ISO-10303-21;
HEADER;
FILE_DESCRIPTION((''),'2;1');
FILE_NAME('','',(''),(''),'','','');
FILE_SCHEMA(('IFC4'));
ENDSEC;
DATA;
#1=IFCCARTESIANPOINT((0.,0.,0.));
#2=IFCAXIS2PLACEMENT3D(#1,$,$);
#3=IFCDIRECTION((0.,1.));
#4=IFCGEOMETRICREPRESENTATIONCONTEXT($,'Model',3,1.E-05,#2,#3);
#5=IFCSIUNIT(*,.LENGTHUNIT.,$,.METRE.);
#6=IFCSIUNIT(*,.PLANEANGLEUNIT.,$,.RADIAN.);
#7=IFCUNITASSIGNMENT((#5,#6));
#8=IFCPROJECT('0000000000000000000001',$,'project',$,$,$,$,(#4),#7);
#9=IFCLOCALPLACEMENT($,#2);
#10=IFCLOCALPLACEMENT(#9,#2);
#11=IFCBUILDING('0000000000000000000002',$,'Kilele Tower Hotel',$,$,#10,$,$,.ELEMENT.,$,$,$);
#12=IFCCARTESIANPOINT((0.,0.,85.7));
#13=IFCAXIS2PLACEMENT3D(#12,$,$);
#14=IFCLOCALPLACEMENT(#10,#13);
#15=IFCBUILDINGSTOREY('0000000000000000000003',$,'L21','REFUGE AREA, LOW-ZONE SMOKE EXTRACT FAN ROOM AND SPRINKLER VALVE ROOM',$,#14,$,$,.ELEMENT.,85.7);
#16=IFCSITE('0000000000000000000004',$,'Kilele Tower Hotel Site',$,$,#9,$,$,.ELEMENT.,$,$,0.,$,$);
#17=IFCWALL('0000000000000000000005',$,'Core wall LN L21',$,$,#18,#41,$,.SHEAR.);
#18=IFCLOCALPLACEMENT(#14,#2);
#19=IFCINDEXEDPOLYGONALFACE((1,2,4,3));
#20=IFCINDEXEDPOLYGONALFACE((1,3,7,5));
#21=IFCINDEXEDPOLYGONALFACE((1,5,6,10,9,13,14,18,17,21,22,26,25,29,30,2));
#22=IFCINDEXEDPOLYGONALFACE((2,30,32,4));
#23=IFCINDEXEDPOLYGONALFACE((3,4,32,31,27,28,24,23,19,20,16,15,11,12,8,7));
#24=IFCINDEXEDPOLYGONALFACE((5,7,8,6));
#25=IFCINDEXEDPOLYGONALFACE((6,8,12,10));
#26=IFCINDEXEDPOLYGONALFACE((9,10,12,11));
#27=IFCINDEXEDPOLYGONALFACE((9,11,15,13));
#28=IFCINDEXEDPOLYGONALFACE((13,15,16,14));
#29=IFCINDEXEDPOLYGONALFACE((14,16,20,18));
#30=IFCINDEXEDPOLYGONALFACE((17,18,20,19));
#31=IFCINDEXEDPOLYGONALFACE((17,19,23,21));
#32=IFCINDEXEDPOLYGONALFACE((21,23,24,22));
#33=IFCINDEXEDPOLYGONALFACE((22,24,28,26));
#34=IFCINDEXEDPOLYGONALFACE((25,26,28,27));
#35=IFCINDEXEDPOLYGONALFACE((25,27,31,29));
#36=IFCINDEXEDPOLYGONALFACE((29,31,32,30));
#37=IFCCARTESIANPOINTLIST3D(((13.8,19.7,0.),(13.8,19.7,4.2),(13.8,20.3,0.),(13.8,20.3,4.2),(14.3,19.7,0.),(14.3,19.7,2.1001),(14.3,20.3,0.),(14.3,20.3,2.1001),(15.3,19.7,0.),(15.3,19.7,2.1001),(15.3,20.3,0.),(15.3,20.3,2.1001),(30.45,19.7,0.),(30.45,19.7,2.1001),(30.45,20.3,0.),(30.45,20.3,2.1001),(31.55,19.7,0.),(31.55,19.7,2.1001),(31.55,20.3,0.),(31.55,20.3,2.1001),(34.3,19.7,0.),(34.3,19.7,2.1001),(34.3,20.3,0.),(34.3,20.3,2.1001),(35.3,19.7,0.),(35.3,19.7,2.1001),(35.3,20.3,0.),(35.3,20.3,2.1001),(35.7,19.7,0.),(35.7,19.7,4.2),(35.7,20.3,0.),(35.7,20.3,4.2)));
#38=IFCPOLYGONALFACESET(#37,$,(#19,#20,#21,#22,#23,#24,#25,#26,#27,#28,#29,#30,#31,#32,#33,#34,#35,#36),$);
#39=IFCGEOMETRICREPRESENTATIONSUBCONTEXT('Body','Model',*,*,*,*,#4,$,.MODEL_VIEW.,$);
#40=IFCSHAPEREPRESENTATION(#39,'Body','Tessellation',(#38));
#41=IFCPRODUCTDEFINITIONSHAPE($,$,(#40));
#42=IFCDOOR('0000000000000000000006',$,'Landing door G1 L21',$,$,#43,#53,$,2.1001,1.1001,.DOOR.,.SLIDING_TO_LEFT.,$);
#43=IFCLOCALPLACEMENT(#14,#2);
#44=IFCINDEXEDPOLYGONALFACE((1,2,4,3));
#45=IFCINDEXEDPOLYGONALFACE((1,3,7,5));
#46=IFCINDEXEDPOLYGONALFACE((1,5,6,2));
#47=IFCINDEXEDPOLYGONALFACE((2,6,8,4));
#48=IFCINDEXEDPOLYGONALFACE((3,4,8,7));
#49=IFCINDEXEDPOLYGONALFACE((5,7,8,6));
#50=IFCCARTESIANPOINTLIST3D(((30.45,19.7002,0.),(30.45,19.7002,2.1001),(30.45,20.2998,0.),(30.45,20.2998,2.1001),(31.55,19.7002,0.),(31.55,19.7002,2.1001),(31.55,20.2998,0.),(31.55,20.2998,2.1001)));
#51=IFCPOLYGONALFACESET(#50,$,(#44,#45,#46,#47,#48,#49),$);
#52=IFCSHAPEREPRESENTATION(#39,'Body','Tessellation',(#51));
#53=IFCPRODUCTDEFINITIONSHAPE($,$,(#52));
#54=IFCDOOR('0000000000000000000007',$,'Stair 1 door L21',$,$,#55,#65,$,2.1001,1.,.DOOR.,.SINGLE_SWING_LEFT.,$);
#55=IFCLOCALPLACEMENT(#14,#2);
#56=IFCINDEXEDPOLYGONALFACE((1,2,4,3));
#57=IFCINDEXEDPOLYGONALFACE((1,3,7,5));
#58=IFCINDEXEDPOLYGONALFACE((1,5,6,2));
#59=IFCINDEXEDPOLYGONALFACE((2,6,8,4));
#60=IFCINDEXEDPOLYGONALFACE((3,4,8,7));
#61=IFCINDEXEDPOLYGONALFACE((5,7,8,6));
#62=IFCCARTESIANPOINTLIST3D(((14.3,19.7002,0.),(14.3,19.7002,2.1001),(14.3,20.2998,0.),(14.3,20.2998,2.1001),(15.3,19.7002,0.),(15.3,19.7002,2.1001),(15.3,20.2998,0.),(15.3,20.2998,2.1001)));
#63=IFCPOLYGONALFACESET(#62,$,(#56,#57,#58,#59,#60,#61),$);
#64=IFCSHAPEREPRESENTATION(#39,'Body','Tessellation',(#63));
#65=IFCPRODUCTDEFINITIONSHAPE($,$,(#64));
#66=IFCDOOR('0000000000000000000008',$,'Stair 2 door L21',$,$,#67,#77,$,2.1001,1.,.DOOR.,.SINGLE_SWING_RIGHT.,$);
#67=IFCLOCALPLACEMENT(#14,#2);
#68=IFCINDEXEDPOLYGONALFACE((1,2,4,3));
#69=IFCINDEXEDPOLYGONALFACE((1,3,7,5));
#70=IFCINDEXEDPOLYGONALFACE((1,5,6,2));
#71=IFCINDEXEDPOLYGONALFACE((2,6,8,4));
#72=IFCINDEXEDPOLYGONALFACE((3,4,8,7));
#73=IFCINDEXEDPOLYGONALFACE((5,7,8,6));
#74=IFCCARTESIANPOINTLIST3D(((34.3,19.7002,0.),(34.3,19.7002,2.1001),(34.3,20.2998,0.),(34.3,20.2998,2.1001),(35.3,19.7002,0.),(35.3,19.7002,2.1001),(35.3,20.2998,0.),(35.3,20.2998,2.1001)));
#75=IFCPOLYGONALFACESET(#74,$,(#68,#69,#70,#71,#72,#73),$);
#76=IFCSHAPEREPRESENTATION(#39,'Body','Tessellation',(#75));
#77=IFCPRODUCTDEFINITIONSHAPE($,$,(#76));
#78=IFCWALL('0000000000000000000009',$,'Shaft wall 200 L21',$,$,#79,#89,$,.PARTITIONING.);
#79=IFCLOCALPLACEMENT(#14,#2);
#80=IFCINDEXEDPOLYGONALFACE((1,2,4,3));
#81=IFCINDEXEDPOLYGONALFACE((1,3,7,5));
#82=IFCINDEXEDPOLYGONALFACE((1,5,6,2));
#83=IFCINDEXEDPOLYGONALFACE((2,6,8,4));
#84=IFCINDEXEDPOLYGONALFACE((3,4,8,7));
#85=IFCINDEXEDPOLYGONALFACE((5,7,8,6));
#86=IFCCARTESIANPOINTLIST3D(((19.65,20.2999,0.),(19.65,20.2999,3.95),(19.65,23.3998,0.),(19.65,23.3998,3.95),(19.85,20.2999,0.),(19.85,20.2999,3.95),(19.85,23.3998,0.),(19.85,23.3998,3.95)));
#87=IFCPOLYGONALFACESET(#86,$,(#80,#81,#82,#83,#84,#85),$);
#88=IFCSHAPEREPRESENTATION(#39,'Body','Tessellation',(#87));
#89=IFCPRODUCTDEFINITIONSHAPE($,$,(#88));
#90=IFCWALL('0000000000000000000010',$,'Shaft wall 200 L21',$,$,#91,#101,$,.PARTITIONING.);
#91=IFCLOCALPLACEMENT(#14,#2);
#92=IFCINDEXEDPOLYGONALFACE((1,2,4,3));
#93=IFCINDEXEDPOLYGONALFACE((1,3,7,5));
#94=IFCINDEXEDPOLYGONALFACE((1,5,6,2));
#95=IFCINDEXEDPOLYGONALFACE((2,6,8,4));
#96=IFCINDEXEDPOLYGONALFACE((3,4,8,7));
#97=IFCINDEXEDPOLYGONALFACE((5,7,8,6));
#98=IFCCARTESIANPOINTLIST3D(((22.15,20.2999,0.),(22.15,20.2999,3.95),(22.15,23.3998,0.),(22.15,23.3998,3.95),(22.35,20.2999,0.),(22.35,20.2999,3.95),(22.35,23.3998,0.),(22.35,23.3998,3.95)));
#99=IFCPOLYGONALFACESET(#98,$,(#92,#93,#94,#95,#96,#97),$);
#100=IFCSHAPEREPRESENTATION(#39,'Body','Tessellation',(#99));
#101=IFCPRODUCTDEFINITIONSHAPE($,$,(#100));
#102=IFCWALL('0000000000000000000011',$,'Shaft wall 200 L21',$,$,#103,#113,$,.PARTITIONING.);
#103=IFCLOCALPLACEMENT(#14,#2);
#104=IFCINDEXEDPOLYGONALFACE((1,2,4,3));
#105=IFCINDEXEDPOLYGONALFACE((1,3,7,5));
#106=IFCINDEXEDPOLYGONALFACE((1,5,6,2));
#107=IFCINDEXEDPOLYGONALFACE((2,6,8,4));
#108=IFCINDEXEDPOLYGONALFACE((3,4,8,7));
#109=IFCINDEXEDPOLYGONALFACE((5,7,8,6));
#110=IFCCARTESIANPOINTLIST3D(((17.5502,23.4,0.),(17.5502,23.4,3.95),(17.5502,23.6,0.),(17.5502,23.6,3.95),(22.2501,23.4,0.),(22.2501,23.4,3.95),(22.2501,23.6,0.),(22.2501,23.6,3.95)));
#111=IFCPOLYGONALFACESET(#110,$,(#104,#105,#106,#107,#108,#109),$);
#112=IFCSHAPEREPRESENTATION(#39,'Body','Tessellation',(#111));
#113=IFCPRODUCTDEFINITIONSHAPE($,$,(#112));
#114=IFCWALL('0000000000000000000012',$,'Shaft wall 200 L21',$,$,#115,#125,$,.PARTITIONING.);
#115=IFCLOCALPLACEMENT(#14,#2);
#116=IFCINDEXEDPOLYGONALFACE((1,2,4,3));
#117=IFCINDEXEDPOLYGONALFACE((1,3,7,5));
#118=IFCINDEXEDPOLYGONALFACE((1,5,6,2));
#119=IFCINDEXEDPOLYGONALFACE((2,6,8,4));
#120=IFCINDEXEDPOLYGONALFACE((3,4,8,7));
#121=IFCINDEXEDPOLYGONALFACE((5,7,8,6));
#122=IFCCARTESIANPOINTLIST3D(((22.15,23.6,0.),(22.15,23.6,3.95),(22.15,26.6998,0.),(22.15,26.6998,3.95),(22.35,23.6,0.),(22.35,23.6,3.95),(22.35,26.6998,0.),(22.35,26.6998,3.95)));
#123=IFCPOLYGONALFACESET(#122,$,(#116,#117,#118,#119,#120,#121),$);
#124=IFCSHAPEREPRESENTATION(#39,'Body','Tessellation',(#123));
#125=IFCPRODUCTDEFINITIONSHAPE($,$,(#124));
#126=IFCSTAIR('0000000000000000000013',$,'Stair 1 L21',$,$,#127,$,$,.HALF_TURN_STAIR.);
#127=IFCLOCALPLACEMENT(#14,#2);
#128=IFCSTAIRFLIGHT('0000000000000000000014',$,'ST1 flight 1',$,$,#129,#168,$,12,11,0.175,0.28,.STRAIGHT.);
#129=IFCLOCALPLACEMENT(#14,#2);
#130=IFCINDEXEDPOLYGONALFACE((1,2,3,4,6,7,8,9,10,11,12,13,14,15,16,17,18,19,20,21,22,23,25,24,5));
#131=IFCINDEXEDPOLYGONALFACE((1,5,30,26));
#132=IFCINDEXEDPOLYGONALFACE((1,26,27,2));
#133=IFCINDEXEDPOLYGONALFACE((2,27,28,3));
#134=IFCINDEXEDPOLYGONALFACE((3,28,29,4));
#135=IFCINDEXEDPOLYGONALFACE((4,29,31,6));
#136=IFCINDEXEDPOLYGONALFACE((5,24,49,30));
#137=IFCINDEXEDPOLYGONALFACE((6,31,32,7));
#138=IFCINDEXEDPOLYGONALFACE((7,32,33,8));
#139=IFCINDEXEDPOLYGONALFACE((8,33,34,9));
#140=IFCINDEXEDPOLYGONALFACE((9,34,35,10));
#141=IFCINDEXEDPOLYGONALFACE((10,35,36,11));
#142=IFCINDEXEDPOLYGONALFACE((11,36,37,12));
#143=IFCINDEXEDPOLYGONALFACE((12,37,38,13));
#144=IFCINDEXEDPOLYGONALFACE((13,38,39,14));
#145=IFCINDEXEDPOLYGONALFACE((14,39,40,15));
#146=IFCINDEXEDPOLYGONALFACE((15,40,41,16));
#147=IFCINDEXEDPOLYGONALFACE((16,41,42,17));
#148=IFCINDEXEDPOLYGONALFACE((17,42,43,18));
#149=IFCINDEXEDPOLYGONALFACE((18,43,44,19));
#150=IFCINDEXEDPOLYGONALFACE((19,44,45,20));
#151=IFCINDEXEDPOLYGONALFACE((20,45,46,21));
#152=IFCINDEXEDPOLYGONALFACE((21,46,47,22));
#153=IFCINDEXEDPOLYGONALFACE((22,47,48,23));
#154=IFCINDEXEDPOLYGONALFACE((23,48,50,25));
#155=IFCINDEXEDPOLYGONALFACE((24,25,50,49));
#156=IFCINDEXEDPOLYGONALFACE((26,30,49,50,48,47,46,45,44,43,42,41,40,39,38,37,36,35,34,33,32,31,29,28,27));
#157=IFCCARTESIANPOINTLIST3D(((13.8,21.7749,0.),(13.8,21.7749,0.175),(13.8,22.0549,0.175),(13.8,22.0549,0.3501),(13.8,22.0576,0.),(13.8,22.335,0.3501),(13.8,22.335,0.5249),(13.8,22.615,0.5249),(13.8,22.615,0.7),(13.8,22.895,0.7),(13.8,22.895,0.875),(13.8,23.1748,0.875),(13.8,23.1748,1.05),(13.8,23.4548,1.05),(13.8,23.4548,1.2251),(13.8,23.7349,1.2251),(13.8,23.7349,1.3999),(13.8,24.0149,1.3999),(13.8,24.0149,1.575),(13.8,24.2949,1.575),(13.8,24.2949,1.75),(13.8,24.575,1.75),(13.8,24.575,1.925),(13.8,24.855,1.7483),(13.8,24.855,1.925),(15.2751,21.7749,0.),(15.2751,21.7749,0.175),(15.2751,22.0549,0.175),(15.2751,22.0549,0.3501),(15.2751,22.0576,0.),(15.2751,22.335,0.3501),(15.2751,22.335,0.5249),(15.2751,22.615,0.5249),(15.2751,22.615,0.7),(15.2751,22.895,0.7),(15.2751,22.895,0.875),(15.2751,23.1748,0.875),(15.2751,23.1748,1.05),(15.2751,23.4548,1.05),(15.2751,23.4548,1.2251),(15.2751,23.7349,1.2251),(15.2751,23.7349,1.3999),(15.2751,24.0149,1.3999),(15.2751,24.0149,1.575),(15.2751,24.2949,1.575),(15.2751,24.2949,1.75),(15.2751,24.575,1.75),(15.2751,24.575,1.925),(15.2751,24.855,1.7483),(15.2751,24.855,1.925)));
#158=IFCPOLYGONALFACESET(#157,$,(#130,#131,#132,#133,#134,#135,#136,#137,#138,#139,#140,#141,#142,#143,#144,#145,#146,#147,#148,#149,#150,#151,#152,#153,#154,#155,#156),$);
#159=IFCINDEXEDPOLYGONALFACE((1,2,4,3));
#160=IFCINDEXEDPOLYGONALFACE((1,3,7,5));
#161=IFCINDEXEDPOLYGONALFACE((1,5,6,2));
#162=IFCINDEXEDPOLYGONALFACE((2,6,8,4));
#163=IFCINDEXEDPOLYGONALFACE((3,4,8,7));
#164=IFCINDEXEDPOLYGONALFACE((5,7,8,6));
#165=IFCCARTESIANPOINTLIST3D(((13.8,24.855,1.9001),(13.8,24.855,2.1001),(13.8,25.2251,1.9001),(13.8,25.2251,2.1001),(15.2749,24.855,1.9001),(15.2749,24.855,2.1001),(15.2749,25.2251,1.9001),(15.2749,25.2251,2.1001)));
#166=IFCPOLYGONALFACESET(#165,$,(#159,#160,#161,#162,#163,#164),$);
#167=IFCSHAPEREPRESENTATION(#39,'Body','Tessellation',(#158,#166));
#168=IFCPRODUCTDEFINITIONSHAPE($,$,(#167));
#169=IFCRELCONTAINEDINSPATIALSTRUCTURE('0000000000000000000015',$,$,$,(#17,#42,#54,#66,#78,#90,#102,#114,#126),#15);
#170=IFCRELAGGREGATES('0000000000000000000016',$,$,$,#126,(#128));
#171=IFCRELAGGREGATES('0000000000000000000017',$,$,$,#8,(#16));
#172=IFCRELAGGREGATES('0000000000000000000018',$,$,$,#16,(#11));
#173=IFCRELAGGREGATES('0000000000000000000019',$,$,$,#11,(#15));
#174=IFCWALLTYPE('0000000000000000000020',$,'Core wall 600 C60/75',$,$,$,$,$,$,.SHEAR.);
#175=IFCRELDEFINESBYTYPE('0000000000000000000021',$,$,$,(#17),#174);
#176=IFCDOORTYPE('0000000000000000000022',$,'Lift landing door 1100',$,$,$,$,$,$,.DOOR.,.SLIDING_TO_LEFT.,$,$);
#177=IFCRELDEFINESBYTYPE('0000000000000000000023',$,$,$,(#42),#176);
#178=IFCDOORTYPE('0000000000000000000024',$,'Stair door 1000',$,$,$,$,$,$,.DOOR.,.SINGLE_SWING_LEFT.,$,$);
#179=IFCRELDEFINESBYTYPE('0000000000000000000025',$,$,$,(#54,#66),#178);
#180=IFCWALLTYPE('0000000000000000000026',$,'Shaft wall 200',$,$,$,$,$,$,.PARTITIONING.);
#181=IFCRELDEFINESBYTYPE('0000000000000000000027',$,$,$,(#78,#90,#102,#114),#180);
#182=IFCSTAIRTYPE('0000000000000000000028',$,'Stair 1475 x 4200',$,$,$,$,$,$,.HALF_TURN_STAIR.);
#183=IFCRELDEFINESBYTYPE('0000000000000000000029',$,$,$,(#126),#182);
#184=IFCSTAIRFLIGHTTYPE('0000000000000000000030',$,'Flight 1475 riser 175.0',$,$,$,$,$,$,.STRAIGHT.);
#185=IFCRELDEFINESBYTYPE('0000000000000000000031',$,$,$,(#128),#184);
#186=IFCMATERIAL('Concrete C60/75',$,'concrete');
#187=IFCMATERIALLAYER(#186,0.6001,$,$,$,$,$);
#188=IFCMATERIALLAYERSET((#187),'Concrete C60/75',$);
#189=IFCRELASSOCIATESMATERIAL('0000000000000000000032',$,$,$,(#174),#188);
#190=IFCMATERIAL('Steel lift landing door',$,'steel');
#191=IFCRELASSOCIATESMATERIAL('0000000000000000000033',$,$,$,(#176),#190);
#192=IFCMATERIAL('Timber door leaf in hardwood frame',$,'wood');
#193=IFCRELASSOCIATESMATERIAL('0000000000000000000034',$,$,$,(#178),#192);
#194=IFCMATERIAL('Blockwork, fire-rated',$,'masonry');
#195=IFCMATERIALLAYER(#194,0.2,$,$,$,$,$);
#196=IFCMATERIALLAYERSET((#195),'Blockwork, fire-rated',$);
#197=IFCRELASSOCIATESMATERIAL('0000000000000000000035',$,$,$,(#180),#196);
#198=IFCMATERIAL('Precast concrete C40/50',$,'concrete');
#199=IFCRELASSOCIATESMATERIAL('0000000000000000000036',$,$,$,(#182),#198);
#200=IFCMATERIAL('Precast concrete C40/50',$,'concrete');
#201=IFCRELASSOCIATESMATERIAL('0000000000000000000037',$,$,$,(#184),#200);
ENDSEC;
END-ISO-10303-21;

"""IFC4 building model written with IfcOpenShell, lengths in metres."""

from ifc_helpers import new_model, si_unit, direction, frame, frame_2d, origin, place, context, subcontext, project, spatial, polyline, rectangle, outline, extrude, material, layer, layer_set, type_object, element, fill, aggregate, save


model = new_model("IFC4")

# Units and contexts
model_context = context("Model", 3, precision=1e-05, world=origin(), true_north=direction((0.0, 1.0)))
body_context = subcontext(model_context, "Body", "Model", "MODEL_VIEW")
ifc_project = project(units=[si_unit("LENGTHUNIT", "METRE"), si_unit("PLANEANGLEUNIT", "RADIAN")], contexts=[model_context])

# Site, building, storey
site_placement = place(None, origin())
site = spatial("IfcSite", under=ifc_project, at=site_placement, Name="Kilele Tower Hotel Site", CompositionType="ELEMENT", RefElevation=0.0)
building_placement = place(site_placement, origin())
building = spatial("IfcBuilding", under=site, at=building_placement, Name="Kilele Tower Hotel", CompositionType="ELEMENT")
storey_placement = place(building_placement, frame((0.0, 0.0, 85.7)))
storey = spatial("IfcBuildingStorey", under=building, at=storey_placement, Name="L21", Description="REFUGE AREA, LOW-ZONE SMOKE EXTRACT FAN ROOM AND SPRINKLER VALVE ROOM", CompositionType="ELEMENT", Elevation=85.7)

# Wall, openings, doors
ifc_material_1 = material(Name="Concrete C60/75", Category="concrete")
ifc_layer_1 = layer(ifc_material_1, 0.6001)
ifc_layer_set_1 = layer_set([ifc_layer_1], Name="Concrete C60/75")
wall_type_1 = type_object("IfcWallType", Name="Core wall 600 C60/75", PredefinedType="SHEAR", material=ifc_layer_set_1)
wall_1_placement = place(storey_placement, frame((13.8, 20.0, 0.0), z_axis=(0.0, 0.0, 1.0), x_axis=(1.0, 0.0, 0.0)))
wall_1 = element("IfcWall", 1, at=wall_1_placement, inside=storey, type_object=wall_type_1, Name="Core wall LN L21", PredefinedType="SHEAR", context=body_context, shape_type="SweptSolid", body=[
    extrude(rectangle(XDim=21.8999, YDim=0.6001, at=frame_2d((10.95, 0.0))), origin(), (0.0, 0.0, 1.0), 4.2),
])
opening_1_placement = place(wall_1_placement, frame((0.5, 0.0, 0.0)))
opening_1 = element("IfcOpeningElement", 2, at=opening_1_placement, cuts=wall_1, PredefinedType="OPENING", context=body_context, shape_type="SweptSolid", body=[
    extrude(rectangle(XDim=1.0, YDim=2.1001, at=frame_2d((0.5, 1.05))), frame((0.0, 0.3101, 0.0), z_axis=(0.0, -1.0, 0.0), x_axis=(1.0, 0.0, 0.0)), (0.0, 0.0, 1.0), 0.6201),
])
opening_2_placement = place(wall_1_placement, frame((20.5, 0.0, 0.0)))
opening_2 = element("IfcOpeningElement", 3, at=opening_2_placement, cuts=wall_1, PredefinedType="OPENING", context=body_context, shape_type="SweptSolid", body=[
    extrude(rectangle(XDim=1.0, YDim=2.1001, at=frame_2d((0.5, 1.05))), frame((0.0, 0.3101, 0.0), z_axis=(0.0, -1.0, 0.0), x_axis=(1.0, 0.0, 0.0)), (0.0, 0.0, 1.0), 0.6201),
])
opening_3_placement = place(wall_1_placement, frame((16.6499, 0.0, 0.0)))
opening_3 = element("IfcOpeningElement", 4, at=opening_3_placement, cuts=wall_1, PredefinedType="OPENING", context=body_context, shape_type="SweptSolid", body=[
    extrude(rectangle(XDim=1.1001, YDim=2.1001, at=frame_2d((0.55, 1.05))), frame((0.0, 0.3101, 0.0), z_axis=(0.0, -1.0, 0.0), x_axis=(1.0, 0.0, 0.0)), (0.0, 0.0, 1.0), 0.6201),
])
ifc_material_2 = material(Name="Steel lift landing door", Category="steel")
door_type_1 = type_object("IfcDoorType", Name="Lift landing door 1100", OperationType="SLIDING_TO_LEFT", PredefinedType="DOOR", material=ifc_material_2)
door_1_placement = place(opening_3_placement, origin())
door_1 = element("IfcDoor", 5, at=door_1_placement, inside=storey, type_object=door_type_1, Name="Landing door G1 L21", OperationType="SLIDING_TO_LEFT", OverallHeight=2.1001, OverallWidth=1.1001, PredefinedType="DOOR", context=body_context, shape_type="SweptSolid", body=[
    extrude(rectangle(XDim=1.1001, YDim=2.1001, at=frame_2d((0.55, 1.05))), frame((0.0, 0.2998, 0.0), z_axis=(0.0, -1.0, 0.0), x_axis=(1.0, 0.0, 0.0)), (0.0, 0.0, 1.0), 0.5996),
])
fill(opening_3, door_1)
ifc_material_3 = material(Name="Timber door leaf in hardwood frame", Category="wood")
door_type_2 = type_object("IfcDoorType", Name="Stair door 1000", OperationType="SINGLE_SWING_LEFT", PredefinedType="DOOR", material=ifc_material_3)
door_2_placement = place(opening_1_placement, origin())
door_2 = element("IfcDoor", 6, at=door_2_placement, inside=storey, type_object=door_type_2, Name="Stair 1 door L21", OperationType="SINGLE_SWING_LEFT", OverallHeight=2.1001, OverallWidth=1.0, PredefinedType="DOOR", context=body_context, shape_type="SweptSolid", body=[
    extrude(rectangle(XDim=1.0, YDim=2.1001, at=frame_2d((0.5, 1.05))), frame((0.0, 0.2998, 0.0), z_axis=(0.0, -1.0, 0.0), x_axis=(1.0, 0.0, 0.0)), (0.0, 0.0, 1.0), 0.5996),
])
fill(opening_1, door_2)
door_3_placement = place(opening_2_placement, origin())
door_3 = element("IfcDoor", 7, at=door_3_placement, inside=storey, type_object=door_type_2, Name="Stair 2 door L21", OperationType="SINGLE_SWING_RIGHT", OverallHeight=2.1001, OverallWidth=1.0, PredefinedType="DOOR", context=body_context, shape_type="SweptSolid", body=[
    extrude(rectangle(XDim=1.0, YDim=2.1001, at=frame_2d((0.5, 1.05))), frame((0.0, 0.2998, 0.0), z_axis=(0.0, -1.0, 0.0), x_axis=(1.0, 0.0, 0.0)), (0.0, 0.0, 1.0), 0.5996),
])
fill(opening_2, door_3)

# Walls
ifc_material_4 = material(Name="Blockwork, fire-rated", Category="masonry")
ifc_layer_2 = layer(ifc_material_4, 0.2)
ifc_layer_set_2 = layer_set([ifc_layer_2], Name="Blockwork, fire-rated")
wall_type_2 = type_object("IfcWallType", Name="Shaft wall 200", PredefinedType="PARTITIONING", material=ifc_layer_set_2)
for number, where, z_axis, x_axis, name in (
    (8, (19.75, 20.3, 0.0), (0.0, 0.0, 1.0), (0.0, 1.0, 0.0), "Shaft wall 200 L21"),
    (9, (22.25, 20.3, 0.0), (0.0, 0.0, 1.0), (0.0, 1.0, 0.0), "Shaft wall 200 L21"),
):
    element("IfcWall", number, at=place(storey_placement, frame(where, z_axis=z_axis, x_axis=x_axis)), inside=storey, type_object=wall_type_2, Name=name, PredefinedType="PARTITIONING", context=body_context, shape_type="SweptSolid", body=[
        extrude(rectangle(XDim=3.0999, YDim=0.2, at=frame_2d((1.5498, 0.0))), origin(), (0.0, 0.0, 1.0), 3.95),
    ])
wall_2_placement = place(storey_placement, frame((17.55, 23.5, 0.0), z_axis=(0.0, 0.0, 1.0), x_axis=(1.0, 0.0, 0.0)))
element("IfcWall", 10, at=wall_2_placement, inside=storey, type_object=wall_type_2, Name="Shaft wall 200 L21", PredefinedType="PARTITIONING", context=body_context, shape_type="SweptSolid", body=[
    extrude(rectangle(XDim=4.7, YDim=0.2, at=frame_2d((2.3501, 0.0))), origin(), (0.0, 0.0, 1.0), 3.95),
])
wall_3_placement = place(storey_placement, frame((22.25, 23.6001, 0.0), z_axis=(0.0, 0.0, 1.0), x_axis=(0.0, 1.0, 0.0)))
element("IfcWall", 11, at=wall_3_placement, inside=storey, type_object=wall_type_2, Name="Shaft wall 200 L21", PredefinedType="PARTITIONING", context=body_context, shape_type="SweptSolid", body=[
    extrude(rectangle(XDim=3.0999, YDim=0.2, at=frame_2d((1.5498, 0.0))), origin(), (0.0, 0.0, 1.0), 3.95),
])

# Stair, stair flight
ifc_material_5 = material(Name="Precast concrete C40/50", Category="concrete")
stair_type = type_object("IfcStairType", Name="Stair 1475 x 4200", PredefinedType="HALF_TURN_STAIR", material=ifc_material_5)
stair_placement = place(storey_placement, origin())
stair = element("IfcStair", 12, at=stair_placement, inside=storey, type_object=stair_type, Name="Stair 1 L21", PredefinedType="HALF_TURN_STAIR")
ifc_material_6 = material(Name="Precast concrete C40/50", Category="concrete")
stair_flight_type = type_object("IfcStairFlightType", Name="Flight 1475 riser 175.0", PredefinedType="STRAIGHT", material=ifc_material_6)
stair_flight_1_placement = place(storey_placement, frame((14.5376, 21.7749, 0.0), z_axis=(0.0, 0.0, 1.0), x_axis=(0.0, 1.0, 0.0)))
stair_flight_1 = element("IfcStairFlight", 13, at=stair_flight_1_placement, type_object=stair_flight_type, Name="ST1 flight 1", NumberOfRisers=12, NumberOfTreads=11, PredefinedType="STRAIGHT", RiserHeight=0.175, TreadLength=0.28, context=body_context, shape_type="SweptSolid", body=[
    extrude(outline(polyline([(0.0, 0.0), (0.0, 0.175), (0.28, 0.175), (0.28, 0.3501), (0.5601, 0.3501), (0.5601, 0.5249), (0.8401, 0.5249), (0.8401, 0.7), (1.1201, 0.7), (1.1201, 0.875), (1.3999, 0.875), (1.3999, 1.05), (1.6799, 1.05), (1.6799, 1.2251), (1.96, 1.2251), (1.96, 1.3999), (2.24, 1.3999), (2.24, 1.575), (2.52, 1.575), (2.52, 1.75), (2.8, 1.75), (2.8, 1.925), (3.0801, 1.925), (3.0801, 2.1001), (3.0801, 1.7483), (0.2827, 0.0), (0.0, 0.0)])), frame((0.0, 0.7375, 0.0), z_axis=(0.0, -1.0, 0.0), x_axis=(1.0, 0.0, 0.0)), (0.0, 0.0, 1.0), 1.4751),
    extrude(outline(polyline([(3.0801, 0.7375), (3.0801, -0.7373), (3.4502, -0.7373), (3.4502, 0.7375), (3.0801, 0.7375)])), frame((0.0, 0.0, 1.9001)), (0.0, 0.0, 1.0), 0.2),
])
aggregate(stair, [stair_flight_1])

save(model, "model.ifc")
